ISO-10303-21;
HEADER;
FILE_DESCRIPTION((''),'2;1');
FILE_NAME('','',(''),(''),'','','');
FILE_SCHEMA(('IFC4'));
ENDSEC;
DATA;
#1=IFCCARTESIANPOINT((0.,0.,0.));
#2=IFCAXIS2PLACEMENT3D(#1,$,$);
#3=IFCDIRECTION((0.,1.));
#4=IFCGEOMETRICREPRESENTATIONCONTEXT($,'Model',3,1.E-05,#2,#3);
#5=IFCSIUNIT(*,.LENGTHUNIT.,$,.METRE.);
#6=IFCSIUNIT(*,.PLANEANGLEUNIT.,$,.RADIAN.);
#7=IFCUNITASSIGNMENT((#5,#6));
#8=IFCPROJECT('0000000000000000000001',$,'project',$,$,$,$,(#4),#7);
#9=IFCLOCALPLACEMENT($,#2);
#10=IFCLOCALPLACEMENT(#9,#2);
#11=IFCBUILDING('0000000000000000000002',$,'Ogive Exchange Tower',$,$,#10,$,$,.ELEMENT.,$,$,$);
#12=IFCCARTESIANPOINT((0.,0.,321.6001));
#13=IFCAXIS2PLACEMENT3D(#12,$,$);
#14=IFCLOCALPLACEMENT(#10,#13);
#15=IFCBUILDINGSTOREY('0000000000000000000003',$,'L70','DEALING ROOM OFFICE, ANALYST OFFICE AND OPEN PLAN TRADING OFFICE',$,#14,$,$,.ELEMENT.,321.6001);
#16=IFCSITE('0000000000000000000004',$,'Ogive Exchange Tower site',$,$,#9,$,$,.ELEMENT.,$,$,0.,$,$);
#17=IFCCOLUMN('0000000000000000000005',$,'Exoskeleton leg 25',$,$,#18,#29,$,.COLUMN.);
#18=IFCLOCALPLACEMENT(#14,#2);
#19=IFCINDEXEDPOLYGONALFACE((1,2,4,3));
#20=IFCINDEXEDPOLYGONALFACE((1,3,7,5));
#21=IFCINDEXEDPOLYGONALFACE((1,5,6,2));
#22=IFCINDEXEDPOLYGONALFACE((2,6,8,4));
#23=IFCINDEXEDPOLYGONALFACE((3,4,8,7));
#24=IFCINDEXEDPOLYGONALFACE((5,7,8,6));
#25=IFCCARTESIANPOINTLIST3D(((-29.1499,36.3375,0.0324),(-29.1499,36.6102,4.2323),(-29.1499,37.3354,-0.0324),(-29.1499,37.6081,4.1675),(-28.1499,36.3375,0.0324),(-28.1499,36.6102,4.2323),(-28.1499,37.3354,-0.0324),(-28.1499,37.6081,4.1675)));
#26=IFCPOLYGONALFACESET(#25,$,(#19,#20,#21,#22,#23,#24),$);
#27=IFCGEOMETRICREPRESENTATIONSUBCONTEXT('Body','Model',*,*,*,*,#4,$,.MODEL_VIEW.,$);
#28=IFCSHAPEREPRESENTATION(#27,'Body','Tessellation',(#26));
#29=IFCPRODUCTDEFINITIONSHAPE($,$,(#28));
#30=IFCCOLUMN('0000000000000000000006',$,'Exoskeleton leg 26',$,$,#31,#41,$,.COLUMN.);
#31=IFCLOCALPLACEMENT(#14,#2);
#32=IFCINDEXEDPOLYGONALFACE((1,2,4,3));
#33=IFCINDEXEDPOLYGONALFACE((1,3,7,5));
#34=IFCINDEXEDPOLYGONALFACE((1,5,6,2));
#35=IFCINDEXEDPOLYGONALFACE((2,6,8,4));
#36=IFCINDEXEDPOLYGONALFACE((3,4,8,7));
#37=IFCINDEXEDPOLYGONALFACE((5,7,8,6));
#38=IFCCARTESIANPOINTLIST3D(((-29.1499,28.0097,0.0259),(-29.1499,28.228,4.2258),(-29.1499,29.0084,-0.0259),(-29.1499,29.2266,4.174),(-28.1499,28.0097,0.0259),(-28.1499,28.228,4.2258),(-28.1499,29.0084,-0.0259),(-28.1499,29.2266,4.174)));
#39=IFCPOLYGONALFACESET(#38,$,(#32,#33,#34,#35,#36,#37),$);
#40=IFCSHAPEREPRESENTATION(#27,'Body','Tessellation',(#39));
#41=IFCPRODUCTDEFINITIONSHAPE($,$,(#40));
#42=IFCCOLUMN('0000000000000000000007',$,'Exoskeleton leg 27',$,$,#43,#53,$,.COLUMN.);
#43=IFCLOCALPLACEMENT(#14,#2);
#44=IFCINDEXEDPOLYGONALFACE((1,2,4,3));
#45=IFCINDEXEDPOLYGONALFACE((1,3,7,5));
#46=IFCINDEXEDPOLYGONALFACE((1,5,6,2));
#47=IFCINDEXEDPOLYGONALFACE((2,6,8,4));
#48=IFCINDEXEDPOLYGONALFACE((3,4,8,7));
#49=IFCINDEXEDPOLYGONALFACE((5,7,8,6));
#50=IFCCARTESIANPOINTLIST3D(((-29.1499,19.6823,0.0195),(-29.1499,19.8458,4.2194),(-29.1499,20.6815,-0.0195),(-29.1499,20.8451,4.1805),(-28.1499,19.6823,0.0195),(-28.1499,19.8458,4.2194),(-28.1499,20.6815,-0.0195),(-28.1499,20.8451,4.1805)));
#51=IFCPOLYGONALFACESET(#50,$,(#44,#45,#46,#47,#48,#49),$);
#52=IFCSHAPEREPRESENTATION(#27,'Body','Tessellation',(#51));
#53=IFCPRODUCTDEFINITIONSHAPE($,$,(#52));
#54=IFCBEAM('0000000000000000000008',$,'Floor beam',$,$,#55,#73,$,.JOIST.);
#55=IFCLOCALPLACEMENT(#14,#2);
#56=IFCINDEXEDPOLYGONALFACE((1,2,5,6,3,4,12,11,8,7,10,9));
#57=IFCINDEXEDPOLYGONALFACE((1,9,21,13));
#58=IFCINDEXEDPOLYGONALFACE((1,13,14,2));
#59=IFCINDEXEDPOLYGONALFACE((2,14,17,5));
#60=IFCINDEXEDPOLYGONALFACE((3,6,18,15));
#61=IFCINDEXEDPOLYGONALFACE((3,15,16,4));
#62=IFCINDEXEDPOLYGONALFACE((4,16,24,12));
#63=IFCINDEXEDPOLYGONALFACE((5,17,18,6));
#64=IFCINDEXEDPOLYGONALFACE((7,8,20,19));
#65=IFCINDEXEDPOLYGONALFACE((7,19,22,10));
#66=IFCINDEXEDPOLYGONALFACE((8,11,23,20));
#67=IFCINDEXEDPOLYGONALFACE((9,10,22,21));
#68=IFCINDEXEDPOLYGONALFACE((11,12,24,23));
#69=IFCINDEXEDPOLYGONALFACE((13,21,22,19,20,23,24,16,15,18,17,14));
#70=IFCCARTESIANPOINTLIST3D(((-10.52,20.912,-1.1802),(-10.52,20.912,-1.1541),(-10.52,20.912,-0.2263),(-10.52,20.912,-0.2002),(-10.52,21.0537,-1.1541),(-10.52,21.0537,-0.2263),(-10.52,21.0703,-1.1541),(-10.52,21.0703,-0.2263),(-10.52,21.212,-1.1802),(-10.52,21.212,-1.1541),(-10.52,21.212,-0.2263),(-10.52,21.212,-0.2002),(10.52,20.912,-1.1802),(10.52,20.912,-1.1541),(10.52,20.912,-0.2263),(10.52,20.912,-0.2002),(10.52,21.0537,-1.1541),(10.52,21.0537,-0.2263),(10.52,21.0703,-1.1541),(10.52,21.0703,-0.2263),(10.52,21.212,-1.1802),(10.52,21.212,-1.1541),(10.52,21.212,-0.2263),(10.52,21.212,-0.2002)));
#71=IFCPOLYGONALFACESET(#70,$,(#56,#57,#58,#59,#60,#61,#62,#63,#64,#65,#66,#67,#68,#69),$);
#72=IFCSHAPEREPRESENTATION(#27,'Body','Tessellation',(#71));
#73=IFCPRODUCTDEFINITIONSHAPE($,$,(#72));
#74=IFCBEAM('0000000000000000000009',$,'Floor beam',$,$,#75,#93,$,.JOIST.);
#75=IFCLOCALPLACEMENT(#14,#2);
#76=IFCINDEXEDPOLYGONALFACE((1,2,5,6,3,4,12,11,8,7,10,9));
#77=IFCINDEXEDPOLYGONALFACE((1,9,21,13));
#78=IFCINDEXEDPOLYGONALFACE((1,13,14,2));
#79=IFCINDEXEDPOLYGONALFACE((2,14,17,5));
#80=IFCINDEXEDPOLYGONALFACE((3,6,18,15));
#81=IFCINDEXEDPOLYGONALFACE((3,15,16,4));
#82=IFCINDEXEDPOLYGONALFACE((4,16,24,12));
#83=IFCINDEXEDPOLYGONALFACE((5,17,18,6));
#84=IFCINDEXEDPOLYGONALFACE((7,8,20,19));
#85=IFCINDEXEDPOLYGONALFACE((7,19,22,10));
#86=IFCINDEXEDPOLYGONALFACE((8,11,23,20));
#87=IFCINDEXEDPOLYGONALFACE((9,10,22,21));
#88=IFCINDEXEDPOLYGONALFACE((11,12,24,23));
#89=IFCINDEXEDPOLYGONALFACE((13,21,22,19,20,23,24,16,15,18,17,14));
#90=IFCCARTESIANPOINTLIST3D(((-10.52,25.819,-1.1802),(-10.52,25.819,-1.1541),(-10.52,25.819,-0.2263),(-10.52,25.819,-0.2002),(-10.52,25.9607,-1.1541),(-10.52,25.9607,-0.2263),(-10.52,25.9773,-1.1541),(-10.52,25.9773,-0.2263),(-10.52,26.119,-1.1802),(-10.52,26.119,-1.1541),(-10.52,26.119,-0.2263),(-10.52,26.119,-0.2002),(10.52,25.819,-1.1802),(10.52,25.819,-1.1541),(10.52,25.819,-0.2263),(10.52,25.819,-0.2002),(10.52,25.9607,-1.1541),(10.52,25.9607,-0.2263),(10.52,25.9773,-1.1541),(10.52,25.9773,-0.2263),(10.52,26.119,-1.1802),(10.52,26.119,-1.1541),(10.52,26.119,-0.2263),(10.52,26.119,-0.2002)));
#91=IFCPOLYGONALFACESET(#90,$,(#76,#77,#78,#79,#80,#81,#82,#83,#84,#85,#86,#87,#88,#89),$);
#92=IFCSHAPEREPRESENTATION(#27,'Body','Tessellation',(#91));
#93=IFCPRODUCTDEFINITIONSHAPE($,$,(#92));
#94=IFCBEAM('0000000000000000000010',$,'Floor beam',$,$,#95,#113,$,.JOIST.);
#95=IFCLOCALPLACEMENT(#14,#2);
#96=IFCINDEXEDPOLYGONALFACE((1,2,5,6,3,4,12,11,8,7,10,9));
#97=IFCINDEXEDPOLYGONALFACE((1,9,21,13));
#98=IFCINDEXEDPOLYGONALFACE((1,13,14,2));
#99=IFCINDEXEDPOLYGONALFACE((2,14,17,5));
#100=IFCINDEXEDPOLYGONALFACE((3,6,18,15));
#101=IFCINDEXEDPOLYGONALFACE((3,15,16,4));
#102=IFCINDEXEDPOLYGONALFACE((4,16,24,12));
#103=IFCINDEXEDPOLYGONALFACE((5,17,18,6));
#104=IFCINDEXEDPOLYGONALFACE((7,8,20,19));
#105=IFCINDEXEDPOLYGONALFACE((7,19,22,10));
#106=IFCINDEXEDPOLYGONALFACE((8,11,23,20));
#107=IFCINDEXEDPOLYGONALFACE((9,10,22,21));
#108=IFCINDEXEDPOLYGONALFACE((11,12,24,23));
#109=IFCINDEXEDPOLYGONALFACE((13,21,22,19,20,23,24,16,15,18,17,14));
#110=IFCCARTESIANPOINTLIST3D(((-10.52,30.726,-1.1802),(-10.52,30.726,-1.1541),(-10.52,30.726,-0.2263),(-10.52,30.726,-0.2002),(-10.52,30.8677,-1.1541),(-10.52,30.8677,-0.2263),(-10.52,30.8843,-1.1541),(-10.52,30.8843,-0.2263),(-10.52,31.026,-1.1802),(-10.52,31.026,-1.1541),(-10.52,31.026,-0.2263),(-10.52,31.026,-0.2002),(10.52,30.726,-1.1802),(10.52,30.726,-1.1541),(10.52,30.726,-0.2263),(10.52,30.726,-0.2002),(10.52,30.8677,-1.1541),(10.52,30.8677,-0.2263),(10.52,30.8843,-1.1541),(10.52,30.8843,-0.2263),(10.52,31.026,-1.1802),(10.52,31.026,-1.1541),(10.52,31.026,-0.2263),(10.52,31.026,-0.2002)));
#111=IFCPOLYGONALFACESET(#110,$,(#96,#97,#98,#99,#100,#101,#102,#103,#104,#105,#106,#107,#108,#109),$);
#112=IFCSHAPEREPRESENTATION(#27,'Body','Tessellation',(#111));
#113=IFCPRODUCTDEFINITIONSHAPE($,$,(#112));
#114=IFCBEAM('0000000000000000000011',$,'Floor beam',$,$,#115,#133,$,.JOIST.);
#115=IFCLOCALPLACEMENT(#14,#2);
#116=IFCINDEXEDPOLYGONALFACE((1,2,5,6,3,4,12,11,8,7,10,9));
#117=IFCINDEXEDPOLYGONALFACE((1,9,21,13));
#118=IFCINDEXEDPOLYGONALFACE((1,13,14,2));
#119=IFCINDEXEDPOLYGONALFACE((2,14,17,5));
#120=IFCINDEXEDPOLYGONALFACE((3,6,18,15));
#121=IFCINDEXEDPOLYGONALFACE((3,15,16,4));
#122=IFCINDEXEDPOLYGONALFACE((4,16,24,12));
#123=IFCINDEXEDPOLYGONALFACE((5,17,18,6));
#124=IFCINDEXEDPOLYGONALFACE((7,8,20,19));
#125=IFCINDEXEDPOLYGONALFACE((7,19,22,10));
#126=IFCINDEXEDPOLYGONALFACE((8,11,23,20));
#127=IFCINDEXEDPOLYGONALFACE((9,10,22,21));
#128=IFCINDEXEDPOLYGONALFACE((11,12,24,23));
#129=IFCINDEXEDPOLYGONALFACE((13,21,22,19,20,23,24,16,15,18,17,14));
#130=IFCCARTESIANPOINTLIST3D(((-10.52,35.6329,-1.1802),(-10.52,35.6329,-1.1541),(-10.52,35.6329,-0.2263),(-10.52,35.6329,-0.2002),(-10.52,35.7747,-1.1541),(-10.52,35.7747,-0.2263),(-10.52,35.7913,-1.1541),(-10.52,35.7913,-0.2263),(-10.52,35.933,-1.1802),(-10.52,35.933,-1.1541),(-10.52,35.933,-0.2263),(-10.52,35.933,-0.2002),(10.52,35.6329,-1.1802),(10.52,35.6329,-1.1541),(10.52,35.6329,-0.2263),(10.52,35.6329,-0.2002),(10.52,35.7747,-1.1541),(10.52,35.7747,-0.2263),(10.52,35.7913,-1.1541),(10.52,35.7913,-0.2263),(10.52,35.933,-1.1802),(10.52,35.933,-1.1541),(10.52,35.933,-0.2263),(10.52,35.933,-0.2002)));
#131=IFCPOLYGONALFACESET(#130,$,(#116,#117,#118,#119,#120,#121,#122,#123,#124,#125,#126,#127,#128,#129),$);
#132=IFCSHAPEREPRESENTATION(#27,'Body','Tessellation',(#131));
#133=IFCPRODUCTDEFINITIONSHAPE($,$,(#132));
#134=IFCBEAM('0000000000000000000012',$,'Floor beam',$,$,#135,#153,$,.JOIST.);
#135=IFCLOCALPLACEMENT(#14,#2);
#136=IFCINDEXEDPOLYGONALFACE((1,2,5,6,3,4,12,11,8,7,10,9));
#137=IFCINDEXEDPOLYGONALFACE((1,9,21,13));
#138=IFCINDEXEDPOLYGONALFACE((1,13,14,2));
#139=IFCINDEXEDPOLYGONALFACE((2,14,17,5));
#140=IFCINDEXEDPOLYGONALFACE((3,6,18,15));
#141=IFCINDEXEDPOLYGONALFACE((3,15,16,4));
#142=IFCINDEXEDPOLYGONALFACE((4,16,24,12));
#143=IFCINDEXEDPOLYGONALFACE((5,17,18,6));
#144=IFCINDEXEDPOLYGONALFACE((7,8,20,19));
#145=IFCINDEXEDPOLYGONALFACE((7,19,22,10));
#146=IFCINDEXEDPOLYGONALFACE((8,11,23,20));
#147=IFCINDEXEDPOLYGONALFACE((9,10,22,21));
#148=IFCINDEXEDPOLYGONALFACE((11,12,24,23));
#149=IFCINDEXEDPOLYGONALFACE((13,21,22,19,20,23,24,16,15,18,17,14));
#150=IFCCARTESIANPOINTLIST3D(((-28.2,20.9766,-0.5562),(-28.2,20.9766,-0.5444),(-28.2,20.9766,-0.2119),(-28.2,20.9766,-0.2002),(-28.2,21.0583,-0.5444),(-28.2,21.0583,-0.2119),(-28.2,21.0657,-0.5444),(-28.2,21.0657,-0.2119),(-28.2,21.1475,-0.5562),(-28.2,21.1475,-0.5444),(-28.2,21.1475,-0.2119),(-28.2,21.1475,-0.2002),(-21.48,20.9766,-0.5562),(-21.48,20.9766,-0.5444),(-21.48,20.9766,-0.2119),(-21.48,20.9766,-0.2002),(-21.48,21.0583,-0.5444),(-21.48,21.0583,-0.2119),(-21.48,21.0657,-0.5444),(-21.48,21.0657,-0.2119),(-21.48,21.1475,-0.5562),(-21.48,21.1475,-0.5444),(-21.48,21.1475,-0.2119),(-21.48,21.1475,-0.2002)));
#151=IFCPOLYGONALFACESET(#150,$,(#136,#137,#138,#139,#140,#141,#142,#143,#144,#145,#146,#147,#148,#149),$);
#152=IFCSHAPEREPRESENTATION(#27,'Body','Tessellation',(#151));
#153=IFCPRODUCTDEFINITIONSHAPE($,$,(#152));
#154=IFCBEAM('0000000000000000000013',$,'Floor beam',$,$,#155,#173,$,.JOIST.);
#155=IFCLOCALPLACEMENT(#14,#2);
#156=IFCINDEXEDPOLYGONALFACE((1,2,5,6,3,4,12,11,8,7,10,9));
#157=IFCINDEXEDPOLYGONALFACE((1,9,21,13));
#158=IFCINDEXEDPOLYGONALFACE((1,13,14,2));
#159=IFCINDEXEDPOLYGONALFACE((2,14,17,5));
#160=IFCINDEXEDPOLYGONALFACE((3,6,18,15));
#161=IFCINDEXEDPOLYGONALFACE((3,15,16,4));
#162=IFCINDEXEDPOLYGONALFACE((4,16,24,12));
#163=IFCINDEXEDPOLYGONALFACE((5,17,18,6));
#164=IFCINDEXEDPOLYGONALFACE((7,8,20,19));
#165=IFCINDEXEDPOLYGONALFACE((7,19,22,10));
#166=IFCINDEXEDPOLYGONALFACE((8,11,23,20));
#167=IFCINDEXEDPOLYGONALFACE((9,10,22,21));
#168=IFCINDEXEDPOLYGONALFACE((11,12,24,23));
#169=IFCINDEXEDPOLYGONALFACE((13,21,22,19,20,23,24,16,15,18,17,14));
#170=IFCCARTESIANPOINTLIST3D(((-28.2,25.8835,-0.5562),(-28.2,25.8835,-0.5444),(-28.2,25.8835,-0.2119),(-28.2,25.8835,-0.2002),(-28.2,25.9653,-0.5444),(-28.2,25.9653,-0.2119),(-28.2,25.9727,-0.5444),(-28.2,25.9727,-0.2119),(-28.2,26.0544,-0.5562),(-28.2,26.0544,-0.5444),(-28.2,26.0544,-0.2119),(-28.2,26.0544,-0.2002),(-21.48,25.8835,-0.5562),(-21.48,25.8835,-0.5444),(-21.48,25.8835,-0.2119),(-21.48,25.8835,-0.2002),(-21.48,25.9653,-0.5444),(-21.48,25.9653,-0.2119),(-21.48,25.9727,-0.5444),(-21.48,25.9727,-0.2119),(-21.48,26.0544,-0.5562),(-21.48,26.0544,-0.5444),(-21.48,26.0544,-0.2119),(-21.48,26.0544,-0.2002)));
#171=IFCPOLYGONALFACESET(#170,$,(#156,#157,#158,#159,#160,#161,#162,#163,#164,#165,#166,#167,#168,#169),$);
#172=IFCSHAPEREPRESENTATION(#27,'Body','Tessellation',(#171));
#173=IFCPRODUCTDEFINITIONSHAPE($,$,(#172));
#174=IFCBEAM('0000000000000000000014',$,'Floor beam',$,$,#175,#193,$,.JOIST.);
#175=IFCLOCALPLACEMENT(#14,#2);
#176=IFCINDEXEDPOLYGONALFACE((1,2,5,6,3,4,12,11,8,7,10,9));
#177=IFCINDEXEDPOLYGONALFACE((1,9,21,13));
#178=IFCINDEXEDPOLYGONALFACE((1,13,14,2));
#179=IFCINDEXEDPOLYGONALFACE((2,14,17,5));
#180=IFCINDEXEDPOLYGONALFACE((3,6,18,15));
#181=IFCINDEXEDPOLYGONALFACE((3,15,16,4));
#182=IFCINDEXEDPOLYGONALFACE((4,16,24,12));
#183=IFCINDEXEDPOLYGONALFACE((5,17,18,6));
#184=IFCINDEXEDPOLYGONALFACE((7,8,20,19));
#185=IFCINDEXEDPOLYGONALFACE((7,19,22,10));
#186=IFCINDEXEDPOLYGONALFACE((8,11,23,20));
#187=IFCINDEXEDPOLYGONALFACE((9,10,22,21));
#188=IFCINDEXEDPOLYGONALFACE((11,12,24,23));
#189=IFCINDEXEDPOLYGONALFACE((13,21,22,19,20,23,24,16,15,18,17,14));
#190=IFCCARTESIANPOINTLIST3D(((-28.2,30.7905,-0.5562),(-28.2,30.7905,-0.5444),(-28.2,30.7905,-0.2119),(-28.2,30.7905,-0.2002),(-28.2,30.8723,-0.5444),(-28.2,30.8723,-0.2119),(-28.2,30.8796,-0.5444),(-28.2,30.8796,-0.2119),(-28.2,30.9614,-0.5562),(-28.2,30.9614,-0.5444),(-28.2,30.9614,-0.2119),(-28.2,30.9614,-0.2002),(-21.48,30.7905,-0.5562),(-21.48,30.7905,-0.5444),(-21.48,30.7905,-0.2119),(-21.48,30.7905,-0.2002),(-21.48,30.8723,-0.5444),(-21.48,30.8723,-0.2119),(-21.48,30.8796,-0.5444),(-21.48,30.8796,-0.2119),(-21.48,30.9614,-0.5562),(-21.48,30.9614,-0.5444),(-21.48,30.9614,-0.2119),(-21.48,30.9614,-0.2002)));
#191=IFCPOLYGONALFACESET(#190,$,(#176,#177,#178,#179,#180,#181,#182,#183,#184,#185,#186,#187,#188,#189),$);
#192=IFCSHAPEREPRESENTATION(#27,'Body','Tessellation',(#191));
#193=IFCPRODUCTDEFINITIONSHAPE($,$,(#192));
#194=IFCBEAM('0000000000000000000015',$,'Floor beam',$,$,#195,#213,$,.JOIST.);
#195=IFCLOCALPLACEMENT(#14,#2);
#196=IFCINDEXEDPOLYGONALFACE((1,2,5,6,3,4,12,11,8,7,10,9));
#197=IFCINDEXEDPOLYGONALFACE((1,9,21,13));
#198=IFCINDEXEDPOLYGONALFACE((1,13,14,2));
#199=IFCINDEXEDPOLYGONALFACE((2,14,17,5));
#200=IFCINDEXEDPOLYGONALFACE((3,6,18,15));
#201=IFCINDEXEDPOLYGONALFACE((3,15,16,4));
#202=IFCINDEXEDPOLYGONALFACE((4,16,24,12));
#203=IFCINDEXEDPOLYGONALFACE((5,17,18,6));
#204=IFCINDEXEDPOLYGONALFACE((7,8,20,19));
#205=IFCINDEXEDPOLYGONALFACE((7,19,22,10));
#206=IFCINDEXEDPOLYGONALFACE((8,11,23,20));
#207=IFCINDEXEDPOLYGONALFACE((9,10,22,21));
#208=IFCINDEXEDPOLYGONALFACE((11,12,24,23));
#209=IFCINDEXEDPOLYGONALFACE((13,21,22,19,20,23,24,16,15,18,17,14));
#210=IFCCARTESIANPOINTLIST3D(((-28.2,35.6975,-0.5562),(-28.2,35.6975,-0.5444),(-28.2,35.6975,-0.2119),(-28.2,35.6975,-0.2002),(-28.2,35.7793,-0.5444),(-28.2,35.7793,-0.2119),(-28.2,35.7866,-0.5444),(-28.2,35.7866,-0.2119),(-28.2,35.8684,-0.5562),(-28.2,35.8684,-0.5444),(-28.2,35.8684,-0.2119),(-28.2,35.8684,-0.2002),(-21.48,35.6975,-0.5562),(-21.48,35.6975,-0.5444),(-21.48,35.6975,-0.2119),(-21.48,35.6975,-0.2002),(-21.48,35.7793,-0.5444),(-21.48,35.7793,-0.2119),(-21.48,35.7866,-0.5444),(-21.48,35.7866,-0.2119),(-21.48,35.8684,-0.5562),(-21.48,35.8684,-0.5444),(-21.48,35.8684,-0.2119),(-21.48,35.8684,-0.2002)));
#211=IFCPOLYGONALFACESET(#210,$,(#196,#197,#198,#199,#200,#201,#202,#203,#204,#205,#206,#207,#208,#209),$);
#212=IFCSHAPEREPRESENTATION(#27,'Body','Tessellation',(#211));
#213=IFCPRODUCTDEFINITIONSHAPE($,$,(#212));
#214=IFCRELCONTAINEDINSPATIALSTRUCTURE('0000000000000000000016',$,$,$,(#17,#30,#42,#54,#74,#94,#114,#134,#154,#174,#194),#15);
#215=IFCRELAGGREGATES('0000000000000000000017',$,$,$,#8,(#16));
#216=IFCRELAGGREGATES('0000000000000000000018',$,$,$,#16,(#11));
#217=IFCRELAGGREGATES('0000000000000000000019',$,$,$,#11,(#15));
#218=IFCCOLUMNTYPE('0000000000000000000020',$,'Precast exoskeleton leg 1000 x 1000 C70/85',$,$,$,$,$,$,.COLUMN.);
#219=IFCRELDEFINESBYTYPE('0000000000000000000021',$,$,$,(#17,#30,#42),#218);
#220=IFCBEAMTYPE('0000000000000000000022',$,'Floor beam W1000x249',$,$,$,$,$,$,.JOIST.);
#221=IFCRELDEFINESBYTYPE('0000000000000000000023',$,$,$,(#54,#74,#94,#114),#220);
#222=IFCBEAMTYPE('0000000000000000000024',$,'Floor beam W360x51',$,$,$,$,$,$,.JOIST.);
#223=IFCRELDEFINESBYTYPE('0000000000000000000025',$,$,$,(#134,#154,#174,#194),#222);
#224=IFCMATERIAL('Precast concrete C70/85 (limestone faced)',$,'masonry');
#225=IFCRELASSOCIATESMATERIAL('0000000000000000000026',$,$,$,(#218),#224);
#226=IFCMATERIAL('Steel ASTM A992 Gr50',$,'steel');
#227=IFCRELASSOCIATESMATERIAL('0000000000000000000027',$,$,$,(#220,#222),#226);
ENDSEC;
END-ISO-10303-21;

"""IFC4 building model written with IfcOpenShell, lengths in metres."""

from ifc_helpers import new_model, si_unit, direction, frame, origin, origin_2d, place, context, subcontext, project, spatial, rectangle, i_section, extrude, material, material_profile, profile_set, type_object, element, save


model = new_model("IFC4")

# Units and contexts
model_context = context("Model", 3, precision=1e-05, world=origin(), true_north=direction((0.0, 1.0)))
body_context = subcontext(model_context, "Body", "Model", "MODEL_VIEW")
ifc_project = project(units=[si_unit("LENGTHUNIT", "METRE"), si_unit("PLANEANGLEUNIT", "RADIAN")], contexts=[model_context])

# Site, building, storey
site_placement = place(None, origin())
site = spatial("IfcSite", under=ifc_project, at=site_placement, Name="Ogive Exchange Tower site", CompositionType="ELEMENT", RefElevation=0.0)
building_placement = place(site_placement, origin())
building = spatial("IfcBuilding", under=site, at=building_placement, Name="Ogive Exchange Tower", CompositionType="ELEMENT")
storey_placement = place(building_placement, frame((0.0, 0.0, 321.6001)))
storey = spatial("IfcBuildingStorey", under=building, at=storey_placement, Name="L70", Description="DEALING ROOM OFFICE, ANALYST OFFICE AND OPEN PLAN TRADING OFFICE", CompositionType="ELEMENT", Elevation=321.6001)

# Columns
ifc_material_1 = material(Name="Precast concrete C70/85 (limestone faced)", Category="masonry")
ifc_material_profile_1 = material_profile(ifc_material_1, rectangle(XDim=1.0, YDim=1.0, at=origin_2d()), Name="1000 x 1000")
ifc_profile_set_1 = profile_set([ifc_material_profile_1], Name="Precast concrete C70/85 (limestone faced)")
column_type = type_object("IfcColumnType", Name="Precast exoskeleton leg 1000 x 1000 C70/85", PredefinedType="COLUMN", material=ifc_profile_set_1)
column_1_placement = place(storey_placement, frame((-28.6499, 36.8364, 0.0), z_axis=(0.0, 0.064794, 0.997899), x_axis=(-1.0, 0.0, 0.0)))
element("IfcColumn", 1, at=column_1_placement, inside=storey, type_object=column_type, Name="Exoskeleton leg 25", PredefinedType="COLUMN", context=body_context, shape_type="SweptSolid", body=[
    extrude(rectangle(XDim=1.0, YDim=1.0, at=origin_2d()), origin(), (0.0, 0.0, 1.0), 4.2087),
])
column_2_placement = place(storey_placement, frame((-28.6499, 28.509, 0.0), z_axis=(0.0, 0.051898, 0.998652), x_axis=(-1.0, 0.0, 0.0)))
element("IfcColumn", 2, at=column_2_placement, inside=storey, type_object=column_type, Name="Exoskeleton leg 26", PredefinedType="COLUMN", context=body_context, shape_type="SweptSolid", body=[
    extrude(rectangle(XDim=1.0, YDim=1.0, at=origin_2d()), origin(), (0.0, 0.0, 1.0), 4.2056),
])
column_3_placement = place(storey_placement, frame((-28.6499, 20.1819, 0.0), z_axis=(0.0, 0.038917, 0.999242), x_axis=(-1.0, 0.0, 0.0)))
element("IfcColumn", 3, at=column_3_placement, inside=storey, type_object=column_type, Name="Exoskeleton leg 27", PredefinedType="COLUMN", context=body_context, shape_type="SweptSolid", body=[
    extrude(rectangle(XDim=1.0, YDim=1.0, at=origin_2d()), origin(), (0.0, 0.0, 1.0), 4.2031),
])

# Beams
ifc_material_2 = material(Name="Steel ASTM A992 Gr50", Category="steel")
ifc_material_profile_2 = material_profile(ifc_material_2, i_section(OverallWidth=0.3, OverallDepth=0.98, WebThickness=0.0166, FlangeThickness=0.0261, at=origin_2d()), Name="W1000x249")
ifc_profile_set_2 = profile_set([ifc_material_profile_2], Name="Steel ASTM A992 Gr50")
beam_type_1 = type_object("IfcBeamType", Name="Floor beam W1000x249", PredefinedType="JOIST", material=ifc_profile_set_2)
for number, where, z_axis, x_axis, name in (
    (4, (-10.52, 21.062, -0.6902), (1.0, 0.0, 0.0), (0.0, 1.0, 0.0), "Floor beam"),
    (5, (-10.52, 25.969, -0.6902), (1.0, 0.0, 0.0), (0.0, 1.0, 0.0), "Floor beam"),
    (6, (-10.52, 30.876, -0.6902), (1.0, 0.0, 0.0), (0.0, 1.0, 0.0), "Floor beam"),
    (7, (-10.52, 35.783, -0.6902), (1.0, 0.0, 0.0), (0.0, 1.0, 0.0), "Floor beam"),
):
    element("IfcBeam", number, at=place(storey_placement, frame(where, z_axis=z_axis, x_axis=x_axis)), inside=storey, type_object=beam_type_1, Name=name, PredefinedType="JOIST", context=body_context, shape_type="SweptSolid", body=[
        extrude(i_section(OverallWidth=0.3, OverallDepth=0.98, WebThickness=0.0166, FlangeThickness=0.0261, at=origin_2d()), origin(), (0.0, 0.0, 1.0), 21.04),
    ])
ifc_material_profile_3 = material_profile(ifc_material_2, i_section(OverallWidth=0.1709, OverallDepth=0.356, WebThickness=0.0073, FlangeThickness=0.0117, at=origin_2d()), Name="W360x51")
ifc_profile_set_3 = profile_set([ifc_material_profile_3], Name="Steel ASTM A992 Gr50")
beam_type_2 = type_object("IfcBeamType", Name="Floor beam W360x51", PredefinedType="JOIST", material=ifc_profile_set_3)
for number, where, z_axis, x_axis, name in (
    (8, (-28.2, 21.062, -0.3782), (1.0, 0.0, 0.0), (0.0, 1.0, 0.0), "Floor beam"),
    (9, (-28.2, 25.969, -0.3782), (1.0, 0.0, 0.0), (0.0, 1.0, 0.0), "Floor beam"),
    (10, (-28.2, 30.876, -0.3782), (1.0, 0.0, 0.0), (0.0, 1.0, 0.0), "Floor beam"),
    (11, (-28.2, 35.783, -0.3782), (1.0, 0.0, 0.0), (0.0, 1.0, 0.0), "Floor beam"),
):
    element("IfcBeam", number, at=place(storey_placement, frame(where, z_axis=z_axis, x_axis=x_axis)), inside=storey, type_object=beam_type_2, Name=name, PredefinedType="JOIST", context=body_context, shape_type="SweptSolid", body=[
        extrude(i_section(OverallWidth=0.1709, OverallDepth=0.356, WebThickness=0.0073, FlangeThickness=0.0117, at=origin_2d()), origin(), (0.0, 0.0, 1.0), 6.72),
    ])

save(model, "model.ifc")
